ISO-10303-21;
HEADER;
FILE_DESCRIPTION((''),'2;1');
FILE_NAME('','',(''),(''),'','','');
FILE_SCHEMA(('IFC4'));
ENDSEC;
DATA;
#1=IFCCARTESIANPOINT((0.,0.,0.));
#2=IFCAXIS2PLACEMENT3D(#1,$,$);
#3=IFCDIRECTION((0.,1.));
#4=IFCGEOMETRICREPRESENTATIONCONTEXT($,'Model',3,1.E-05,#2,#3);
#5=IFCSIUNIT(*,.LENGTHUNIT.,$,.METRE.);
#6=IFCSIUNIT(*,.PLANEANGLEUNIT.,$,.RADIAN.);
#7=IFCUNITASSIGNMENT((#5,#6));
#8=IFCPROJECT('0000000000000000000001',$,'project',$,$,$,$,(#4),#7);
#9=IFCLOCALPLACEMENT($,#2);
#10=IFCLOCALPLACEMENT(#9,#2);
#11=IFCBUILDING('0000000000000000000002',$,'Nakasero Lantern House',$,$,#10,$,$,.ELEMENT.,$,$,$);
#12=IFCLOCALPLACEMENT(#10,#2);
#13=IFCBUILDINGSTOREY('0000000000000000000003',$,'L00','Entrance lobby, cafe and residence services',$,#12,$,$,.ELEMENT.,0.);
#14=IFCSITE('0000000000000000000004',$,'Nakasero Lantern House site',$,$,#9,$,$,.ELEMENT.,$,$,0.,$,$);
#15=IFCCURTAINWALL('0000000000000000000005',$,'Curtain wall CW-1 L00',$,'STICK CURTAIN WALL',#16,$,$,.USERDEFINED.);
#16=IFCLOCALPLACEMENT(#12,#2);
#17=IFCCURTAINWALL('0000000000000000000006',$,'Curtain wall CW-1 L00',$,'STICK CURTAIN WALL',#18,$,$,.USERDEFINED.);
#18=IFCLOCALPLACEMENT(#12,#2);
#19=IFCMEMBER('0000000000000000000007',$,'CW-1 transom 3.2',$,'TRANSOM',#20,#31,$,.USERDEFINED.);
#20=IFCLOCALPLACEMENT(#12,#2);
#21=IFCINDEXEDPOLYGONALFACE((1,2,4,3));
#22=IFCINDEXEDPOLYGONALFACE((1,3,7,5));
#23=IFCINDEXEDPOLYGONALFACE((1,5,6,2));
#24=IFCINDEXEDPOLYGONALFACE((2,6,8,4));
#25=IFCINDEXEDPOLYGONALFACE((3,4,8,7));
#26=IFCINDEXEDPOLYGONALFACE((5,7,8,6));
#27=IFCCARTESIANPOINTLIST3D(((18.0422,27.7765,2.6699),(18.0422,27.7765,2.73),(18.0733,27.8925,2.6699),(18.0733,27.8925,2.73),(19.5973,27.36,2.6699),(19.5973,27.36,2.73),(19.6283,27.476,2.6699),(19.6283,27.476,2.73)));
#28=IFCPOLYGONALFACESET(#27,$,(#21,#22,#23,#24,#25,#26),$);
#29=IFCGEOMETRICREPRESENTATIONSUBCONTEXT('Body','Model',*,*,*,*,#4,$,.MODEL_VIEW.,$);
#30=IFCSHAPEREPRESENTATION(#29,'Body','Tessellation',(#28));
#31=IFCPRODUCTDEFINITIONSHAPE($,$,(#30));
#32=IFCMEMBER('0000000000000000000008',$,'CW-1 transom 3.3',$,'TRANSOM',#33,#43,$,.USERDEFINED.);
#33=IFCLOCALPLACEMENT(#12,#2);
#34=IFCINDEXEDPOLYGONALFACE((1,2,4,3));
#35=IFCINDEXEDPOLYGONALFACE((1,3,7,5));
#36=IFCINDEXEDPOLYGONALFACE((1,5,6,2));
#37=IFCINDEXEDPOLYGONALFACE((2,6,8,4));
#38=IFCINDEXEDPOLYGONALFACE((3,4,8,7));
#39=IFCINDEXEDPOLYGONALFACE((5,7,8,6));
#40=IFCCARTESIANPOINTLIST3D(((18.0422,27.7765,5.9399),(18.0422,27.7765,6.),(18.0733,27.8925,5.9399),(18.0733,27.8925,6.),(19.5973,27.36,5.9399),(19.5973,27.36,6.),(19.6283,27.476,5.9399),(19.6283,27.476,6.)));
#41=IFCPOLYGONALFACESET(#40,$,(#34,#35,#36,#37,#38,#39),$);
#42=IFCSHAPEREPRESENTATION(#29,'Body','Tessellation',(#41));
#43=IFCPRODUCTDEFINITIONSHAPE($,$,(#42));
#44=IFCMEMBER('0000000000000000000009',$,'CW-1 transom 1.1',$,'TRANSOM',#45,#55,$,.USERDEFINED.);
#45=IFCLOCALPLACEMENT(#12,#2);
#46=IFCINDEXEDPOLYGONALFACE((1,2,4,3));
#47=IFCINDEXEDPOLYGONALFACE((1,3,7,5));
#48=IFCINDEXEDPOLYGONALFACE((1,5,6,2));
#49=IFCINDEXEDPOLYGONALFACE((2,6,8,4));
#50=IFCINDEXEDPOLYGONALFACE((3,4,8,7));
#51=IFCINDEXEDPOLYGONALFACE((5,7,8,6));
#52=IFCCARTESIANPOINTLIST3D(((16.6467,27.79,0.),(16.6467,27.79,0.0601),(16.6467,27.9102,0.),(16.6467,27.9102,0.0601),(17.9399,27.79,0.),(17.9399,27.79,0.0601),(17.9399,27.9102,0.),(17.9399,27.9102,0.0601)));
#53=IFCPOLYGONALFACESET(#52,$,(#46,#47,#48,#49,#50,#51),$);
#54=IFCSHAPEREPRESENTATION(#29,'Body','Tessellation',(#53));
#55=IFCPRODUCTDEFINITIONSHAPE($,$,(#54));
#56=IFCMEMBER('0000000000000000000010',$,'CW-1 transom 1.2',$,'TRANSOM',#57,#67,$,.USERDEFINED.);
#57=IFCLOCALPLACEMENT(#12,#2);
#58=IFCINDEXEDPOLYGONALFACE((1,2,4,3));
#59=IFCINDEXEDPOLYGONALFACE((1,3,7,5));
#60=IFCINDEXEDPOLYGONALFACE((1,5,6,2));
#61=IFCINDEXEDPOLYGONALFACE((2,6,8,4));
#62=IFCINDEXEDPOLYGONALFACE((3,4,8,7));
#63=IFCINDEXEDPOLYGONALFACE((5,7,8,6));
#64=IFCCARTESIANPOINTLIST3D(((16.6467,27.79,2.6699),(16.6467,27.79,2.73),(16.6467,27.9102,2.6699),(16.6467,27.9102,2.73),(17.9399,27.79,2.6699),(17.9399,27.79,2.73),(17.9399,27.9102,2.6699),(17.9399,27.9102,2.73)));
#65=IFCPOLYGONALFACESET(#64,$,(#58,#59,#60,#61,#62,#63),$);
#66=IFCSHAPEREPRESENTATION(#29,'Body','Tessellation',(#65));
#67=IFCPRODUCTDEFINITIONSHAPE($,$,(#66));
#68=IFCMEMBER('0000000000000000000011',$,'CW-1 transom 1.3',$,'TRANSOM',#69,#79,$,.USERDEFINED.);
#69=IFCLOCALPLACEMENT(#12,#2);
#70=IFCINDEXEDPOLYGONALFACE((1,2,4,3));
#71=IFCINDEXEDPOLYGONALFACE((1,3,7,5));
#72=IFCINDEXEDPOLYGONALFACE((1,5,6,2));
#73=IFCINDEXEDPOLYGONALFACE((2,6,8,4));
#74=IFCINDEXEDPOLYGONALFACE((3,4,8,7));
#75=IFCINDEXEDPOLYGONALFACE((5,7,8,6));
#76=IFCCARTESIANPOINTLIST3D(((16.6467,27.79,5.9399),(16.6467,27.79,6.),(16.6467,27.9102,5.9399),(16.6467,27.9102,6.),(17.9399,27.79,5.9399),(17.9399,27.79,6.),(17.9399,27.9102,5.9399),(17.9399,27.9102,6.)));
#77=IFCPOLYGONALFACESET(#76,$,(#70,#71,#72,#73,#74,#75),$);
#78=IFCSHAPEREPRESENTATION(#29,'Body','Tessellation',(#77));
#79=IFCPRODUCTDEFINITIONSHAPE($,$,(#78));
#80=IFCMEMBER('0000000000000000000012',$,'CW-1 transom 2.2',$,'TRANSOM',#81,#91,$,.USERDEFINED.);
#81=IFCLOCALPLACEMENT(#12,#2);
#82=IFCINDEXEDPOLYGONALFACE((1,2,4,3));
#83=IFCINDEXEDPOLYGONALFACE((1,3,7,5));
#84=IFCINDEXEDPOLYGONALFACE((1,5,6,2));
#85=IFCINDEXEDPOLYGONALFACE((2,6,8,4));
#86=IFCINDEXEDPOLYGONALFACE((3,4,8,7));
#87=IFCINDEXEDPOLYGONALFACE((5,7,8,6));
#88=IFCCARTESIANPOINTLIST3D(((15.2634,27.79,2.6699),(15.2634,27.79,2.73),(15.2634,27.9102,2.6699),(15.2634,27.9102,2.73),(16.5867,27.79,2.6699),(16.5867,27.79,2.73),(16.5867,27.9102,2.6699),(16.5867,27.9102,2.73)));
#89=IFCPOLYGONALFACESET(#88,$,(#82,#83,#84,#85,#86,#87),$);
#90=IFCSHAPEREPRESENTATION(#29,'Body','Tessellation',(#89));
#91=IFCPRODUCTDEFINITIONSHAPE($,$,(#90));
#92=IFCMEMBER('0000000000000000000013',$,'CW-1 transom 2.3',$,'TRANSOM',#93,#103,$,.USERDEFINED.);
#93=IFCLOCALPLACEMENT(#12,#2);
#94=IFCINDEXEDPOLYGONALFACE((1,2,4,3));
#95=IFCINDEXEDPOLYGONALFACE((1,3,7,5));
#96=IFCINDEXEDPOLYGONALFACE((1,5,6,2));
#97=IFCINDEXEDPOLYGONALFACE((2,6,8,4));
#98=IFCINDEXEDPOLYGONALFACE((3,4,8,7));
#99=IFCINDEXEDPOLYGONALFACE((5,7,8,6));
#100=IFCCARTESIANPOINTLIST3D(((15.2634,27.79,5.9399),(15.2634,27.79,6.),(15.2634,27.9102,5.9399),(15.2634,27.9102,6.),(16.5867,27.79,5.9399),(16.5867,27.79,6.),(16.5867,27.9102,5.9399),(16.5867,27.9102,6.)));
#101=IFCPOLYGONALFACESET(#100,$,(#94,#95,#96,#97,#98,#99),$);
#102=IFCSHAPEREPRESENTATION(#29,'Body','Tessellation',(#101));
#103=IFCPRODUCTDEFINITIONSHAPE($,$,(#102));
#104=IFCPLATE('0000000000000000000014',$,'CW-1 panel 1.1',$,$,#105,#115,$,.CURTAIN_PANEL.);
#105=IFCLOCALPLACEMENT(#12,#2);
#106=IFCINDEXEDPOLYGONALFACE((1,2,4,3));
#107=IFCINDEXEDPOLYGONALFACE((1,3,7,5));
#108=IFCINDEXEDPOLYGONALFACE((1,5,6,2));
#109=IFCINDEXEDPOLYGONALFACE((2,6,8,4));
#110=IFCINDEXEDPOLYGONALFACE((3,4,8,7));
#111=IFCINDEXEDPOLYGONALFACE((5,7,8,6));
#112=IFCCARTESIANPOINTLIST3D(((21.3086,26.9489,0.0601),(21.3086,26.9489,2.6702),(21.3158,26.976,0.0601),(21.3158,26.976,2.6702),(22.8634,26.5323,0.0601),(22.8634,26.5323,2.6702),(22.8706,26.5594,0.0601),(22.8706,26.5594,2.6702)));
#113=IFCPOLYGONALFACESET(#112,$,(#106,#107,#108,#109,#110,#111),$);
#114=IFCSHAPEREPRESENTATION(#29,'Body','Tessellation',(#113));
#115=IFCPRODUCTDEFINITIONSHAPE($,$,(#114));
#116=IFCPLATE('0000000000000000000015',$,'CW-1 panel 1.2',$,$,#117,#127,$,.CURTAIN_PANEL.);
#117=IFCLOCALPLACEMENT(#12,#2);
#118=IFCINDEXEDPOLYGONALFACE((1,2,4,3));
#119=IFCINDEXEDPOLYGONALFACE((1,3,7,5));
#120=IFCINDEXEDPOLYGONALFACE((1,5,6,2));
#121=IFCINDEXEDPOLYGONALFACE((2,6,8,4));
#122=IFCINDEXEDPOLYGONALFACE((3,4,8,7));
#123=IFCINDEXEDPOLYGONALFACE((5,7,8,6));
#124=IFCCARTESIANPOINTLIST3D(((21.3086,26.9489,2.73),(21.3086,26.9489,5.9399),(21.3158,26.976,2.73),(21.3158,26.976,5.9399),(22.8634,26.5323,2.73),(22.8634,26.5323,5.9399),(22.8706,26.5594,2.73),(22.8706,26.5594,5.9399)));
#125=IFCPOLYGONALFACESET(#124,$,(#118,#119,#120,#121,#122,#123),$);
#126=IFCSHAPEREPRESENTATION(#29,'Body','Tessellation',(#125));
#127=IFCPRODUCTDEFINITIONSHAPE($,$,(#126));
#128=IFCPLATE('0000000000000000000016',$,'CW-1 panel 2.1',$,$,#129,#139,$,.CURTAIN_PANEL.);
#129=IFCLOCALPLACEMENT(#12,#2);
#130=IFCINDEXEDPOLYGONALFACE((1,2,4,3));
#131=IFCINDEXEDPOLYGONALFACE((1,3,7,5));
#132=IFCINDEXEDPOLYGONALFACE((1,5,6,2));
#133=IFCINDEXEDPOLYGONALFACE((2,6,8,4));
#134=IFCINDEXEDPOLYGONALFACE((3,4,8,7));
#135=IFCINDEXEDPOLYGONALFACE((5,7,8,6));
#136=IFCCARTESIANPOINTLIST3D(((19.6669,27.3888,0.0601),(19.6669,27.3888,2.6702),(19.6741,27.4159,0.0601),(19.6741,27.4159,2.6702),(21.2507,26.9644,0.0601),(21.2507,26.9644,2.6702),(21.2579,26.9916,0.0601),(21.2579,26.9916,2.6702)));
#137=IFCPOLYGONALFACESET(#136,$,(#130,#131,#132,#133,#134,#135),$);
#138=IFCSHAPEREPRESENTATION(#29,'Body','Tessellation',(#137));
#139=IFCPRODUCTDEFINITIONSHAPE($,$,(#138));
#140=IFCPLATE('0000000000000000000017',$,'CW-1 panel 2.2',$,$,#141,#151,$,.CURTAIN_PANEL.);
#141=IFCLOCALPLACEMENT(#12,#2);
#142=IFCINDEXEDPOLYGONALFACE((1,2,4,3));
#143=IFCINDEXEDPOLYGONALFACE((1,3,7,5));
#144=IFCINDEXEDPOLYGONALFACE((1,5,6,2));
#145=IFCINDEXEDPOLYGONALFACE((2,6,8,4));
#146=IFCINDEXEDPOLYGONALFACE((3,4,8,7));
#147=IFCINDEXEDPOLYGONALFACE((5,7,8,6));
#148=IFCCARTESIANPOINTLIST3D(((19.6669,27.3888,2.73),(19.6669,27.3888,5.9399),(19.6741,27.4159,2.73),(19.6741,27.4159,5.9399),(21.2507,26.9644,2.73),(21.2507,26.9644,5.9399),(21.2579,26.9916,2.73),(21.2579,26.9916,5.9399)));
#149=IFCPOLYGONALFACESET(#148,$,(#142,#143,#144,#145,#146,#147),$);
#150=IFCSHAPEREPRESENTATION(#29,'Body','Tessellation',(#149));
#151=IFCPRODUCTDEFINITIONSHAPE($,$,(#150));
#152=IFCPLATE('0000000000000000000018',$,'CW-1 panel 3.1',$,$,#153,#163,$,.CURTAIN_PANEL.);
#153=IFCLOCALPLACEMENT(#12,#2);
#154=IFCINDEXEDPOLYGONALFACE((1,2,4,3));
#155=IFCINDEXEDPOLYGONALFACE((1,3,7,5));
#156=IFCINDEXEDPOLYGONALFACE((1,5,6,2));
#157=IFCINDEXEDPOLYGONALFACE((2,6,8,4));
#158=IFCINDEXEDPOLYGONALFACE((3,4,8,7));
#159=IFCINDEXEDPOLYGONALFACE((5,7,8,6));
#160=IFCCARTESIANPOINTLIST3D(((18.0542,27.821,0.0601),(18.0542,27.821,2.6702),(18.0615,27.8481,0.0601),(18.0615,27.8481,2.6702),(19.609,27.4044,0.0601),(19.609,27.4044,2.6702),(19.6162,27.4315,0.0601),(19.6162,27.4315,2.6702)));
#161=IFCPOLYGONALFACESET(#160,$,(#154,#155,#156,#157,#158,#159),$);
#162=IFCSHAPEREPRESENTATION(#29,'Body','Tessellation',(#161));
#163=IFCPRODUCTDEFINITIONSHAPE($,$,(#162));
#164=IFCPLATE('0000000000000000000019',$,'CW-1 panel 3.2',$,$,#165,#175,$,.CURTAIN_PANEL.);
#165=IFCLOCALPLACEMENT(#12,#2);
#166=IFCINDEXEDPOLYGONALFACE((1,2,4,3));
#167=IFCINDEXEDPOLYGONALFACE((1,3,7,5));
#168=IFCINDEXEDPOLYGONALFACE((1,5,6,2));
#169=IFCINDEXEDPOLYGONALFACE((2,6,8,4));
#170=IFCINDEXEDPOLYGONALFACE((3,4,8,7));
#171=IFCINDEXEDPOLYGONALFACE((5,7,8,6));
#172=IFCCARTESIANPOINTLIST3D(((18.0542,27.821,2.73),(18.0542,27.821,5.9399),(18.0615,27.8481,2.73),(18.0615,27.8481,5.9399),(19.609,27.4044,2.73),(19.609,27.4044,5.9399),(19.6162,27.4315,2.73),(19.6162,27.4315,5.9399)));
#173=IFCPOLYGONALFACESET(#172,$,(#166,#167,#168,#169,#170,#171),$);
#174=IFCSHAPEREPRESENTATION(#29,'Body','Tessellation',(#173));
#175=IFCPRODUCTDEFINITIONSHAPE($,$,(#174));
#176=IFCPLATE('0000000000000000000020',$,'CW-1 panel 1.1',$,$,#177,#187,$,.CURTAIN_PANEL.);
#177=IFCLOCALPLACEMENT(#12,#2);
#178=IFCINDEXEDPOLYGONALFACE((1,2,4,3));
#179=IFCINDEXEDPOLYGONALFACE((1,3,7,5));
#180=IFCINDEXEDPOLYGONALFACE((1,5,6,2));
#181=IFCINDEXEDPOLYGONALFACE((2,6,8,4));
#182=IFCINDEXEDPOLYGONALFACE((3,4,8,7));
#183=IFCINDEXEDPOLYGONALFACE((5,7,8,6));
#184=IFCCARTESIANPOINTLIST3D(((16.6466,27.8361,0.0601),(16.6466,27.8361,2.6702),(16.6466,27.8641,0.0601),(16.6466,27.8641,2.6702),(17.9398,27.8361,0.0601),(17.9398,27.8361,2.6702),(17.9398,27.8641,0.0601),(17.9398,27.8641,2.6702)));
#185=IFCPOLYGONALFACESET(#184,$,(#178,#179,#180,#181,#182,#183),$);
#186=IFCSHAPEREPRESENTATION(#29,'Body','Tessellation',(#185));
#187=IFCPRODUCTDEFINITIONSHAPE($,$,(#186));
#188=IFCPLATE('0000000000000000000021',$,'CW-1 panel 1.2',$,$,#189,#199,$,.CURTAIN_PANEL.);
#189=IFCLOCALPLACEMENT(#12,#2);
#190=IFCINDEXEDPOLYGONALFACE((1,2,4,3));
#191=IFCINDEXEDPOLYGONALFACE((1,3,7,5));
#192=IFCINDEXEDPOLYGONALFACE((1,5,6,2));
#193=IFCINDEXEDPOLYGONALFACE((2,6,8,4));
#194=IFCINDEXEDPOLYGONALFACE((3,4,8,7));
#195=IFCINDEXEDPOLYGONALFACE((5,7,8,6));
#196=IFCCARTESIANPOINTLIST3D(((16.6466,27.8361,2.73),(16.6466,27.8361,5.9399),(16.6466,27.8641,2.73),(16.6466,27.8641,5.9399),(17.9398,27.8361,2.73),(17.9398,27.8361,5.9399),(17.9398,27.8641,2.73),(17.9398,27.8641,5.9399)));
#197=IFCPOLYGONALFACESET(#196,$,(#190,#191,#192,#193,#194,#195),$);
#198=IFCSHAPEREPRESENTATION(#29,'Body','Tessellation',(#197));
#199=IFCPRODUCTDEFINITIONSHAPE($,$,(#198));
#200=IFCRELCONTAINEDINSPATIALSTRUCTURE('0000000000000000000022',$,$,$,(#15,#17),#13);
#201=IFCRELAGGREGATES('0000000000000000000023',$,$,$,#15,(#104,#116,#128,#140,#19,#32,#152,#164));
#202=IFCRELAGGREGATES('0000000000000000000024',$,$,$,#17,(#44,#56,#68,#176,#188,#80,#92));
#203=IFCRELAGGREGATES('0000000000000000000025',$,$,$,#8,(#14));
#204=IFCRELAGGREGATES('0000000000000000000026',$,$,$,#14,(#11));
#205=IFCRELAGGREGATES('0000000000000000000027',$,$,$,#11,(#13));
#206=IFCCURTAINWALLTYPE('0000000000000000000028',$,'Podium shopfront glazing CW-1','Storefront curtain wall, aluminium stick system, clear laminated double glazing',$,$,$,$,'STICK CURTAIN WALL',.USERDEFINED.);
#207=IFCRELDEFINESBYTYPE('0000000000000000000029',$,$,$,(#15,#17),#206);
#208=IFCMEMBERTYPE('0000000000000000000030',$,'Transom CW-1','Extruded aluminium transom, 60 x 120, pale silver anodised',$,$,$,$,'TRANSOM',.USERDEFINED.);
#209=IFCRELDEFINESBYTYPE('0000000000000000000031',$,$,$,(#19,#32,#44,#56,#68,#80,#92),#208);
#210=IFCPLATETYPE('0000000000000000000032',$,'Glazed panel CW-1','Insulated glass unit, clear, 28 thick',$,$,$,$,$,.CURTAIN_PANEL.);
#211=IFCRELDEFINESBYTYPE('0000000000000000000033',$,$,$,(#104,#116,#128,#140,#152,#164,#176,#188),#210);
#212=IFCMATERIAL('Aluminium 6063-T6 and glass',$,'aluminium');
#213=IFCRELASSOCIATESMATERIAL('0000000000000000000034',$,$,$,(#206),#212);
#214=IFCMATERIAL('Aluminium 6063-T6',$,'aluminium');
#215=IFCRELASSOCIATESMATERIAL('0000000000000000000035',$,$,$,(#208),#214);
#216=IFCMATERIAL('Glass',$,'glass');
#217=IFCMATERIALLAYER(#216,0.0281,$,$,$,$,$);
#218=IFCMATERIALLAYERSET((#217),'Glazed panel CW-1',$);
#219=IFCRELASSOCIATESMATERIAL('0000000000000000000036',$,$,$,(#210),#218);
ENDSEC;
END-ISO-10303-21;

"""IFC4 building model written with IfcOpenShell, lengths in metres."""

from ifc_helpers import new_model, si_unit, direction, frame, origin, origin_2d, place, context, subcontext, project, spatial, rectangle, extrude, material, layer, layer_set, material_profile, profile_set, type_object, element, aggregate, save


model = new_model("IFC4")

# Units and contexts
model_context = context("Model", 3, precision=1e-05, world=origin(), true_north=direction((0.0, 1.0)))
body_context = subcontext(model_context, "Body", "Model", "MODEL_VIEW")
ifc_project = project(units=[si_unit("LENGTHUNIT", "METRE"), si_unit("PLANEANGLEUNIT", "RADIAN")], contexts=[model_context])

# Site, building, storey
site_placement = place(None, origin())
site = spatial("IfcSite", under=ifc_project, at=site_placement, Name="Nakasero Lantern House site", CompositionType="ELEMENT", RefElevation=0.0)
building_placement = place(site_placement, origin())
building = spatial("IfcBuilding", under=site, at=building_placement, Name="Nakasero Lantern House", CompositionType="ELEMENT")
storey_placement = place(building_placement, origin())
storey = spatial("IfcBuildingStorey", under=building, at=storey_placement, Name="L00", Description="Entrance lobby, cafe and residence services", CompositionType="ELEMENT", Elevation=0.0)

# Curtain walls
ifc_material_1 = material(Name="Aluminium 6063-T6 and glass", Category="aluminium")
curtain_wall_type = type_object("IfcCurtainWallType", Name="Podium shopfront glazing CW-1", Description="Storefront curtain wall, aluminium stick system, clear laminated double glazing", ElementType="STICK CURTAIN WALL", PredefinedType="USERDEFINED", material=ifc_material_1)
curtain_wall_1_placement = place(storey_placement, origin())
curtain_wall_1 = element("IfcCurtainWall", 1, at=curtain_wall_1_placement, inside=storey, type_object=curtain_wall_type, Name="Curtain wall CW-1 L00", ObjectType="STICK CURTAIN WALL", PredefinedType="USERDEFINED")
curtain_wall_2_placement = place(storey_placement, origin())
curtain_wall_2 = element("IfcCurtainWall", 2, at=curtain_wall_2_placement, inside=storey, type_object=curtain_wall_type, Name="Curtain wall CW-1 L00", ObjectType="STICK CURTAIN WALL", PredefinedType="USERDEFINED")

# Members
ifc_material_2 = material(Name="Aluminium 6063-T6", Category="aluminium")
ifc_material_profile_1 = material_profile(ifc_material_2, rectangle(XDim=0.0601, YDim=0.1201, at=origin_2d()), Name="CW-1 transom 60x120")
ifc_profile_set_1 = profile_set([ifc_material_profile_1], Name="Aluminium 6063-T6")
member_type_1 = type_object("IfcMemberType", Name="Transom CW-1", Description="Extruded aluminium transom, 60 x 120, pale silver anodised", ElementType="TRANSOM", PredefinedType="USERDEFINED", material=ifc_profile_set_1)
member_1_placement = place(storey_placement, frame((19.6128, 27.418, 2.7), z_axis=(-0.965947, 0.258739, 0.0), x_axis=(0.0, 0.0, 1.0)))
member_1 = element("IfcMember", 3, at=member_1_placement, type_object=member_type_1, Name="CW-1 transom 3.2", ObjectType="TRANSOM", PredefinedType="USERDEFINED", context=body_context, shape_type="SweptSolid", body=[
    extrude(rectangle(XDim=0.0601, YDim=0.1201, at=origin_2d()), origin(), (0.0, 0.0, 1.0), 1.6099),
])
member_2_placement = place(storey_placement, frame((19.6128, 27.418, 5.97), z_axis=(-0.965947, 0.258739, 0.0), x_axis=(0.0, 0.0, 1.0)))
member_2 = element("IfcMember", 4, at=member_2_placement, type_object=member_type_1, Name="CW-1 transom 3.3", ObjectType="TRANSOM", PredefinedType="USERDEFINED", context=body_context, shape_type="SweptSolid", body=[
    extrude(rectangle(XDim=0.0601, YDim=0.1201, at=origin_2d()), origin(), (0.0, 0.0, 1.0), 1.6099),
])
member_3_placement = place(storey_placement, frame((17.9399, 27.8501, 0.03), z_axis=(-1.0, 0.0, 0.0), x_axis=(0.0, 0.0, 1.0)))
member_3 = element("IfcMember", 5, at=member_3_placement, type_object=member_type_1, Name="CW-1 transom 1.1", ObjectType="TRANSOM", PredefinedType="USERDEFINED", context=body_context, shape_type="SweptSolid", body=[
    extrude(rectangle(XDim=0.0601, YDim=0.1201, at=origin_2d()), origin(), (0.0, 0.0, 1.0), 1.2932),
])
member_4_placement = place(storey_placement, frame((17.9399, 27.8501, 2.7), z_axis=(-1.0, 0.0, 0.0), x_axis=(0.0, 0.0, 1.0)))
member_4 = element("IfcMember", 6, at=member_4_placement, type_object=member_type_1, Name="CW-1 transom 1.2", ObjectType="TRANSOM", PredefinedType="USERDEFINED", context=body_context, shape_type="SweptSolid", body=[
    extrude(rectangle(XDim=0.0601, YDim=0.1201, at=origin_2d()), origin(), (0.0, 0.0, 1.0), 1.2932),
])
member_5_placement = place(storey_placement, frame((17.9399, 27.8501, 5.97), z_axis=(-1.0, 0.0, 0.0), x_axis=(0.0, 0.0, 1.0)))
member_5 = element("IfcMember", 7, at=member_5_placement, type_object=member_type_1, Name="CW-1 transom 1.3", ObjectType="TRANSOM", PredefinedType="USERDEFINED", context=body_context, shape_type="SweptSolid", body=[
    extrude(rectangle(XDim=0.0601, YDim=0.1201, at=origin_2d()), origin(), (0.0, 0.0, 1.0), 1.2932),
])
member_6_placement = place(storey_placement, frame((16.5867, 27.8501, 2.7), z_axis=(-1.0, 0.0, 0.0), x_axis=(0.0, 0.0, 1.0)))
member_6 = element("IfcMember", 8, at=member_6_placement, type_object=member_type_1, Name="CW-1 transom 2.2", ObjectType="TRANSOM", PredefinedType="USERDEFINED", context=body_context, shape_type="SweptSolid", body=[
    extrude(rectangle(XDim=0.0601, YDim=0.1201, at=origin_2d()), origin(), (0.0, 0.0, 1.0), 1.3232),
])
member_7_placement = place(storey_placement, frame((16.5867, 27.8501, 5.97), z_axis=(-1.0, 0.0, 0.0), x_axis=(0.0, 0.0, 1.0)))
member_7 = element("IfcMember", 9, at=member_7_placement, type_object=member_type_1, Name="CW-1 transom 2.3", ObjectType="TRANSOM", PredefinedType="USERDEFINED", context=body_context, shape_type="SweptSolid", body=[
    extrude(rectangle(XDim=0.0601, YDim=0.1201, at=origin_2d()), origin(), (0.0, 0.0, 1.0), 1.3232),
])

# Plates
ifc_material_3 = material(Name="Glass", Category="glass")
ifc_layer = layer(ifc_material_3, 0.0281)
ifc_layer_set = layer_set([ifc_layer], Name="Glazed panel CW-1")
plate_type = type_object("IfcPlateType", Name="Glazed panel CW-1", Description="Insulated glass unit, clear, 28 thick", PredefinedType="CURTAIN_PANEL", material=ifc_layer_set)
plate_1_placement = place(storey_placement, frame((22.0896, 26.7542, 0.0601), z_axis=(0.0, 0.0, 1.0), x_axis=(-0.965926, 0.258819, 0.0)))
plate_1 = element("IfcPlate", 10, at=plate_1_placement, type_object=plate_type, Name="CW-1 panel 1.1", PredefinedType="CURTAIN_PANEL", context=body_context, shape_type="SweptSolid", body=[
    extrude(rectangle(XDim=1.6096, YDim=0.0281, at=origin_2d()), origin(), (0.0, 0.0, 1.0), 2.6101),
])
plate_2_placement = place(storey_placement, frame((22.0896, 26.7542, 2.73), z_axis=(0.0, 0.0, 1.0), x_axis=(-0.965926, 0.258819, 0.0)))
plate_2 = element("IfcPlate", 11, at=plate_2_placement, type_object=plate_type, Name="CW-1 panel 1.2", PredefinedType="CURTAIN_PANEL", context=body_context, shape_type="SweptSolid", body=[
    extrude(rectangle(XDim=1.6096, YDim=0.0281, at=origin_2d()), origin(), (0.0, 0.0, 1.0), 3.21),
])
plate_3_placement = place(storey_placement, frame((20.4624, 27.1902, 0.0601), z_axis=(0.0, 0.0, 1.0), x_axis=(-0.965926, 0.258819, 0.0)))
plate_3 = element("IfcPlate", 12, at=plate_3_placement, type_object=plate_type, Name="CW-1 panel 2.1", PredefinedType="CURTAIN_PANEL", context=body_context, shape_type="SweptSolid", body=[
    extrude(rectangle(XDim=1.6396, YDim=0.0281, at=origin_2d()), origin(), (0.0, 0.0, 1.0), 2.6101),
])
plate_4_placement = place(storey_placement, frame((20.4624, 27.1902, 2.73), z_axis=(0.0, 0.0, 1.0), x_axis=(-0.965926, 0.258819, 0.0)))
plate_4 = element("IfcPlate", 13, at=plate_4_placement, type_object=plate_type, Name="CW-1 panel 2.2", PredefinedType="CURTAIN_PANEL", context=body_context, shape_type="SweptSolid", body=[
    extrude(rectangle(XDim=1.6396, YDim=0.0281, at=origin_2d()), origin(), (0.0, 0.0, 1.0), 3.21),
])
plate_5_placement = place(storey_placement, frame((18.8352, 27.6262, 0.0601), z_axis=(0.0, 0.0, 1.0), x_axis=(-0.965926, 0.258819, 0.0)))
plate_5 = element("IfcPlate", 14, at=plate_5_placement, type_object=plate_type, Name="CW-1 panel 3.1", PredefinedType="CURTAIN_PANEL", context=body_context, shape_type="SweptSolid", body=[
    extrude(rectangle(XDim=1.6096, YDim=0.0281, at=origin_2d()), origin(), (0.0, 0.0, 1.0), 2.6101),
])
plate_6_placement = place(storey_placement, frame((18.8352, 27.6262, 2.73), z_axis=(0.0, 0.0, 1.0), x_axis=(-0.965926, 0.258819, 0.0)))
plate_6 = element("IfcPlate", 15, at=plate_6_placement, type_object=plate_type, Name="CW-1 panel 3.2", PredefinedType="CURTAIN_PANEL", context=body_context, shape_type="SweptSolid", body=[
    extrude(rectangle(XDim=1.6096, YDim=0.0281, at=origin_2d()), origin(), (0.0, 0.0, 1.0), 3.21),
])
aggregate(curtain_wall_1, [plate_1, plate_2, plate_3, plate_4, member_1, member_2, plate_5, plate_6])
plate_7_placement = place(storey_placement, frame((17.2932, 27.8501, 0.0601), z_axis=(0.0, 0.0, 1.0), x_axis=(-1.0, 0.0, 0.0)))
plate_7 = element("IfcPlate", 16, at=plate_7_placement, type_object=plate_type, Name="CW-1 panel 1.1", PredefinedType="CURTAIN_PANEL", context=body_context, shape_type="SweptSolid", body=[
    extrude(rectangle(XDim=1.2932, YDim=0.0281, at=origin_2d()), origin(), (0.0, 0.0, 1.0), 2.6101),
])
plate_8_placement = place(storey_placement, frame((17.2932, 27.8501, 2.73), z_axis=(0.0, 0.0, 1.0), x_axis=(-1.0, 0.0, 0.0)))
plate_8 = element("IfcPlate", 17, at=plate_8_placement, type_object=plate_type, Name="CW-1 panel 1.2", PredefinedType="CURTAIN_PANEL", context=body_context, shape_type="SweptSolid", body=[
    extrude(rectangle(XDim=1.2932, YDim=0.0281, at=origin_2d()), origin(), (0.0, 0.0, 1.0), 3.21),
])
aggregate(curtain_wall_2, [member_3, member_4, member_5, plate_7, plate_8, member_6, member_7])

save(model, "model.ifc")
